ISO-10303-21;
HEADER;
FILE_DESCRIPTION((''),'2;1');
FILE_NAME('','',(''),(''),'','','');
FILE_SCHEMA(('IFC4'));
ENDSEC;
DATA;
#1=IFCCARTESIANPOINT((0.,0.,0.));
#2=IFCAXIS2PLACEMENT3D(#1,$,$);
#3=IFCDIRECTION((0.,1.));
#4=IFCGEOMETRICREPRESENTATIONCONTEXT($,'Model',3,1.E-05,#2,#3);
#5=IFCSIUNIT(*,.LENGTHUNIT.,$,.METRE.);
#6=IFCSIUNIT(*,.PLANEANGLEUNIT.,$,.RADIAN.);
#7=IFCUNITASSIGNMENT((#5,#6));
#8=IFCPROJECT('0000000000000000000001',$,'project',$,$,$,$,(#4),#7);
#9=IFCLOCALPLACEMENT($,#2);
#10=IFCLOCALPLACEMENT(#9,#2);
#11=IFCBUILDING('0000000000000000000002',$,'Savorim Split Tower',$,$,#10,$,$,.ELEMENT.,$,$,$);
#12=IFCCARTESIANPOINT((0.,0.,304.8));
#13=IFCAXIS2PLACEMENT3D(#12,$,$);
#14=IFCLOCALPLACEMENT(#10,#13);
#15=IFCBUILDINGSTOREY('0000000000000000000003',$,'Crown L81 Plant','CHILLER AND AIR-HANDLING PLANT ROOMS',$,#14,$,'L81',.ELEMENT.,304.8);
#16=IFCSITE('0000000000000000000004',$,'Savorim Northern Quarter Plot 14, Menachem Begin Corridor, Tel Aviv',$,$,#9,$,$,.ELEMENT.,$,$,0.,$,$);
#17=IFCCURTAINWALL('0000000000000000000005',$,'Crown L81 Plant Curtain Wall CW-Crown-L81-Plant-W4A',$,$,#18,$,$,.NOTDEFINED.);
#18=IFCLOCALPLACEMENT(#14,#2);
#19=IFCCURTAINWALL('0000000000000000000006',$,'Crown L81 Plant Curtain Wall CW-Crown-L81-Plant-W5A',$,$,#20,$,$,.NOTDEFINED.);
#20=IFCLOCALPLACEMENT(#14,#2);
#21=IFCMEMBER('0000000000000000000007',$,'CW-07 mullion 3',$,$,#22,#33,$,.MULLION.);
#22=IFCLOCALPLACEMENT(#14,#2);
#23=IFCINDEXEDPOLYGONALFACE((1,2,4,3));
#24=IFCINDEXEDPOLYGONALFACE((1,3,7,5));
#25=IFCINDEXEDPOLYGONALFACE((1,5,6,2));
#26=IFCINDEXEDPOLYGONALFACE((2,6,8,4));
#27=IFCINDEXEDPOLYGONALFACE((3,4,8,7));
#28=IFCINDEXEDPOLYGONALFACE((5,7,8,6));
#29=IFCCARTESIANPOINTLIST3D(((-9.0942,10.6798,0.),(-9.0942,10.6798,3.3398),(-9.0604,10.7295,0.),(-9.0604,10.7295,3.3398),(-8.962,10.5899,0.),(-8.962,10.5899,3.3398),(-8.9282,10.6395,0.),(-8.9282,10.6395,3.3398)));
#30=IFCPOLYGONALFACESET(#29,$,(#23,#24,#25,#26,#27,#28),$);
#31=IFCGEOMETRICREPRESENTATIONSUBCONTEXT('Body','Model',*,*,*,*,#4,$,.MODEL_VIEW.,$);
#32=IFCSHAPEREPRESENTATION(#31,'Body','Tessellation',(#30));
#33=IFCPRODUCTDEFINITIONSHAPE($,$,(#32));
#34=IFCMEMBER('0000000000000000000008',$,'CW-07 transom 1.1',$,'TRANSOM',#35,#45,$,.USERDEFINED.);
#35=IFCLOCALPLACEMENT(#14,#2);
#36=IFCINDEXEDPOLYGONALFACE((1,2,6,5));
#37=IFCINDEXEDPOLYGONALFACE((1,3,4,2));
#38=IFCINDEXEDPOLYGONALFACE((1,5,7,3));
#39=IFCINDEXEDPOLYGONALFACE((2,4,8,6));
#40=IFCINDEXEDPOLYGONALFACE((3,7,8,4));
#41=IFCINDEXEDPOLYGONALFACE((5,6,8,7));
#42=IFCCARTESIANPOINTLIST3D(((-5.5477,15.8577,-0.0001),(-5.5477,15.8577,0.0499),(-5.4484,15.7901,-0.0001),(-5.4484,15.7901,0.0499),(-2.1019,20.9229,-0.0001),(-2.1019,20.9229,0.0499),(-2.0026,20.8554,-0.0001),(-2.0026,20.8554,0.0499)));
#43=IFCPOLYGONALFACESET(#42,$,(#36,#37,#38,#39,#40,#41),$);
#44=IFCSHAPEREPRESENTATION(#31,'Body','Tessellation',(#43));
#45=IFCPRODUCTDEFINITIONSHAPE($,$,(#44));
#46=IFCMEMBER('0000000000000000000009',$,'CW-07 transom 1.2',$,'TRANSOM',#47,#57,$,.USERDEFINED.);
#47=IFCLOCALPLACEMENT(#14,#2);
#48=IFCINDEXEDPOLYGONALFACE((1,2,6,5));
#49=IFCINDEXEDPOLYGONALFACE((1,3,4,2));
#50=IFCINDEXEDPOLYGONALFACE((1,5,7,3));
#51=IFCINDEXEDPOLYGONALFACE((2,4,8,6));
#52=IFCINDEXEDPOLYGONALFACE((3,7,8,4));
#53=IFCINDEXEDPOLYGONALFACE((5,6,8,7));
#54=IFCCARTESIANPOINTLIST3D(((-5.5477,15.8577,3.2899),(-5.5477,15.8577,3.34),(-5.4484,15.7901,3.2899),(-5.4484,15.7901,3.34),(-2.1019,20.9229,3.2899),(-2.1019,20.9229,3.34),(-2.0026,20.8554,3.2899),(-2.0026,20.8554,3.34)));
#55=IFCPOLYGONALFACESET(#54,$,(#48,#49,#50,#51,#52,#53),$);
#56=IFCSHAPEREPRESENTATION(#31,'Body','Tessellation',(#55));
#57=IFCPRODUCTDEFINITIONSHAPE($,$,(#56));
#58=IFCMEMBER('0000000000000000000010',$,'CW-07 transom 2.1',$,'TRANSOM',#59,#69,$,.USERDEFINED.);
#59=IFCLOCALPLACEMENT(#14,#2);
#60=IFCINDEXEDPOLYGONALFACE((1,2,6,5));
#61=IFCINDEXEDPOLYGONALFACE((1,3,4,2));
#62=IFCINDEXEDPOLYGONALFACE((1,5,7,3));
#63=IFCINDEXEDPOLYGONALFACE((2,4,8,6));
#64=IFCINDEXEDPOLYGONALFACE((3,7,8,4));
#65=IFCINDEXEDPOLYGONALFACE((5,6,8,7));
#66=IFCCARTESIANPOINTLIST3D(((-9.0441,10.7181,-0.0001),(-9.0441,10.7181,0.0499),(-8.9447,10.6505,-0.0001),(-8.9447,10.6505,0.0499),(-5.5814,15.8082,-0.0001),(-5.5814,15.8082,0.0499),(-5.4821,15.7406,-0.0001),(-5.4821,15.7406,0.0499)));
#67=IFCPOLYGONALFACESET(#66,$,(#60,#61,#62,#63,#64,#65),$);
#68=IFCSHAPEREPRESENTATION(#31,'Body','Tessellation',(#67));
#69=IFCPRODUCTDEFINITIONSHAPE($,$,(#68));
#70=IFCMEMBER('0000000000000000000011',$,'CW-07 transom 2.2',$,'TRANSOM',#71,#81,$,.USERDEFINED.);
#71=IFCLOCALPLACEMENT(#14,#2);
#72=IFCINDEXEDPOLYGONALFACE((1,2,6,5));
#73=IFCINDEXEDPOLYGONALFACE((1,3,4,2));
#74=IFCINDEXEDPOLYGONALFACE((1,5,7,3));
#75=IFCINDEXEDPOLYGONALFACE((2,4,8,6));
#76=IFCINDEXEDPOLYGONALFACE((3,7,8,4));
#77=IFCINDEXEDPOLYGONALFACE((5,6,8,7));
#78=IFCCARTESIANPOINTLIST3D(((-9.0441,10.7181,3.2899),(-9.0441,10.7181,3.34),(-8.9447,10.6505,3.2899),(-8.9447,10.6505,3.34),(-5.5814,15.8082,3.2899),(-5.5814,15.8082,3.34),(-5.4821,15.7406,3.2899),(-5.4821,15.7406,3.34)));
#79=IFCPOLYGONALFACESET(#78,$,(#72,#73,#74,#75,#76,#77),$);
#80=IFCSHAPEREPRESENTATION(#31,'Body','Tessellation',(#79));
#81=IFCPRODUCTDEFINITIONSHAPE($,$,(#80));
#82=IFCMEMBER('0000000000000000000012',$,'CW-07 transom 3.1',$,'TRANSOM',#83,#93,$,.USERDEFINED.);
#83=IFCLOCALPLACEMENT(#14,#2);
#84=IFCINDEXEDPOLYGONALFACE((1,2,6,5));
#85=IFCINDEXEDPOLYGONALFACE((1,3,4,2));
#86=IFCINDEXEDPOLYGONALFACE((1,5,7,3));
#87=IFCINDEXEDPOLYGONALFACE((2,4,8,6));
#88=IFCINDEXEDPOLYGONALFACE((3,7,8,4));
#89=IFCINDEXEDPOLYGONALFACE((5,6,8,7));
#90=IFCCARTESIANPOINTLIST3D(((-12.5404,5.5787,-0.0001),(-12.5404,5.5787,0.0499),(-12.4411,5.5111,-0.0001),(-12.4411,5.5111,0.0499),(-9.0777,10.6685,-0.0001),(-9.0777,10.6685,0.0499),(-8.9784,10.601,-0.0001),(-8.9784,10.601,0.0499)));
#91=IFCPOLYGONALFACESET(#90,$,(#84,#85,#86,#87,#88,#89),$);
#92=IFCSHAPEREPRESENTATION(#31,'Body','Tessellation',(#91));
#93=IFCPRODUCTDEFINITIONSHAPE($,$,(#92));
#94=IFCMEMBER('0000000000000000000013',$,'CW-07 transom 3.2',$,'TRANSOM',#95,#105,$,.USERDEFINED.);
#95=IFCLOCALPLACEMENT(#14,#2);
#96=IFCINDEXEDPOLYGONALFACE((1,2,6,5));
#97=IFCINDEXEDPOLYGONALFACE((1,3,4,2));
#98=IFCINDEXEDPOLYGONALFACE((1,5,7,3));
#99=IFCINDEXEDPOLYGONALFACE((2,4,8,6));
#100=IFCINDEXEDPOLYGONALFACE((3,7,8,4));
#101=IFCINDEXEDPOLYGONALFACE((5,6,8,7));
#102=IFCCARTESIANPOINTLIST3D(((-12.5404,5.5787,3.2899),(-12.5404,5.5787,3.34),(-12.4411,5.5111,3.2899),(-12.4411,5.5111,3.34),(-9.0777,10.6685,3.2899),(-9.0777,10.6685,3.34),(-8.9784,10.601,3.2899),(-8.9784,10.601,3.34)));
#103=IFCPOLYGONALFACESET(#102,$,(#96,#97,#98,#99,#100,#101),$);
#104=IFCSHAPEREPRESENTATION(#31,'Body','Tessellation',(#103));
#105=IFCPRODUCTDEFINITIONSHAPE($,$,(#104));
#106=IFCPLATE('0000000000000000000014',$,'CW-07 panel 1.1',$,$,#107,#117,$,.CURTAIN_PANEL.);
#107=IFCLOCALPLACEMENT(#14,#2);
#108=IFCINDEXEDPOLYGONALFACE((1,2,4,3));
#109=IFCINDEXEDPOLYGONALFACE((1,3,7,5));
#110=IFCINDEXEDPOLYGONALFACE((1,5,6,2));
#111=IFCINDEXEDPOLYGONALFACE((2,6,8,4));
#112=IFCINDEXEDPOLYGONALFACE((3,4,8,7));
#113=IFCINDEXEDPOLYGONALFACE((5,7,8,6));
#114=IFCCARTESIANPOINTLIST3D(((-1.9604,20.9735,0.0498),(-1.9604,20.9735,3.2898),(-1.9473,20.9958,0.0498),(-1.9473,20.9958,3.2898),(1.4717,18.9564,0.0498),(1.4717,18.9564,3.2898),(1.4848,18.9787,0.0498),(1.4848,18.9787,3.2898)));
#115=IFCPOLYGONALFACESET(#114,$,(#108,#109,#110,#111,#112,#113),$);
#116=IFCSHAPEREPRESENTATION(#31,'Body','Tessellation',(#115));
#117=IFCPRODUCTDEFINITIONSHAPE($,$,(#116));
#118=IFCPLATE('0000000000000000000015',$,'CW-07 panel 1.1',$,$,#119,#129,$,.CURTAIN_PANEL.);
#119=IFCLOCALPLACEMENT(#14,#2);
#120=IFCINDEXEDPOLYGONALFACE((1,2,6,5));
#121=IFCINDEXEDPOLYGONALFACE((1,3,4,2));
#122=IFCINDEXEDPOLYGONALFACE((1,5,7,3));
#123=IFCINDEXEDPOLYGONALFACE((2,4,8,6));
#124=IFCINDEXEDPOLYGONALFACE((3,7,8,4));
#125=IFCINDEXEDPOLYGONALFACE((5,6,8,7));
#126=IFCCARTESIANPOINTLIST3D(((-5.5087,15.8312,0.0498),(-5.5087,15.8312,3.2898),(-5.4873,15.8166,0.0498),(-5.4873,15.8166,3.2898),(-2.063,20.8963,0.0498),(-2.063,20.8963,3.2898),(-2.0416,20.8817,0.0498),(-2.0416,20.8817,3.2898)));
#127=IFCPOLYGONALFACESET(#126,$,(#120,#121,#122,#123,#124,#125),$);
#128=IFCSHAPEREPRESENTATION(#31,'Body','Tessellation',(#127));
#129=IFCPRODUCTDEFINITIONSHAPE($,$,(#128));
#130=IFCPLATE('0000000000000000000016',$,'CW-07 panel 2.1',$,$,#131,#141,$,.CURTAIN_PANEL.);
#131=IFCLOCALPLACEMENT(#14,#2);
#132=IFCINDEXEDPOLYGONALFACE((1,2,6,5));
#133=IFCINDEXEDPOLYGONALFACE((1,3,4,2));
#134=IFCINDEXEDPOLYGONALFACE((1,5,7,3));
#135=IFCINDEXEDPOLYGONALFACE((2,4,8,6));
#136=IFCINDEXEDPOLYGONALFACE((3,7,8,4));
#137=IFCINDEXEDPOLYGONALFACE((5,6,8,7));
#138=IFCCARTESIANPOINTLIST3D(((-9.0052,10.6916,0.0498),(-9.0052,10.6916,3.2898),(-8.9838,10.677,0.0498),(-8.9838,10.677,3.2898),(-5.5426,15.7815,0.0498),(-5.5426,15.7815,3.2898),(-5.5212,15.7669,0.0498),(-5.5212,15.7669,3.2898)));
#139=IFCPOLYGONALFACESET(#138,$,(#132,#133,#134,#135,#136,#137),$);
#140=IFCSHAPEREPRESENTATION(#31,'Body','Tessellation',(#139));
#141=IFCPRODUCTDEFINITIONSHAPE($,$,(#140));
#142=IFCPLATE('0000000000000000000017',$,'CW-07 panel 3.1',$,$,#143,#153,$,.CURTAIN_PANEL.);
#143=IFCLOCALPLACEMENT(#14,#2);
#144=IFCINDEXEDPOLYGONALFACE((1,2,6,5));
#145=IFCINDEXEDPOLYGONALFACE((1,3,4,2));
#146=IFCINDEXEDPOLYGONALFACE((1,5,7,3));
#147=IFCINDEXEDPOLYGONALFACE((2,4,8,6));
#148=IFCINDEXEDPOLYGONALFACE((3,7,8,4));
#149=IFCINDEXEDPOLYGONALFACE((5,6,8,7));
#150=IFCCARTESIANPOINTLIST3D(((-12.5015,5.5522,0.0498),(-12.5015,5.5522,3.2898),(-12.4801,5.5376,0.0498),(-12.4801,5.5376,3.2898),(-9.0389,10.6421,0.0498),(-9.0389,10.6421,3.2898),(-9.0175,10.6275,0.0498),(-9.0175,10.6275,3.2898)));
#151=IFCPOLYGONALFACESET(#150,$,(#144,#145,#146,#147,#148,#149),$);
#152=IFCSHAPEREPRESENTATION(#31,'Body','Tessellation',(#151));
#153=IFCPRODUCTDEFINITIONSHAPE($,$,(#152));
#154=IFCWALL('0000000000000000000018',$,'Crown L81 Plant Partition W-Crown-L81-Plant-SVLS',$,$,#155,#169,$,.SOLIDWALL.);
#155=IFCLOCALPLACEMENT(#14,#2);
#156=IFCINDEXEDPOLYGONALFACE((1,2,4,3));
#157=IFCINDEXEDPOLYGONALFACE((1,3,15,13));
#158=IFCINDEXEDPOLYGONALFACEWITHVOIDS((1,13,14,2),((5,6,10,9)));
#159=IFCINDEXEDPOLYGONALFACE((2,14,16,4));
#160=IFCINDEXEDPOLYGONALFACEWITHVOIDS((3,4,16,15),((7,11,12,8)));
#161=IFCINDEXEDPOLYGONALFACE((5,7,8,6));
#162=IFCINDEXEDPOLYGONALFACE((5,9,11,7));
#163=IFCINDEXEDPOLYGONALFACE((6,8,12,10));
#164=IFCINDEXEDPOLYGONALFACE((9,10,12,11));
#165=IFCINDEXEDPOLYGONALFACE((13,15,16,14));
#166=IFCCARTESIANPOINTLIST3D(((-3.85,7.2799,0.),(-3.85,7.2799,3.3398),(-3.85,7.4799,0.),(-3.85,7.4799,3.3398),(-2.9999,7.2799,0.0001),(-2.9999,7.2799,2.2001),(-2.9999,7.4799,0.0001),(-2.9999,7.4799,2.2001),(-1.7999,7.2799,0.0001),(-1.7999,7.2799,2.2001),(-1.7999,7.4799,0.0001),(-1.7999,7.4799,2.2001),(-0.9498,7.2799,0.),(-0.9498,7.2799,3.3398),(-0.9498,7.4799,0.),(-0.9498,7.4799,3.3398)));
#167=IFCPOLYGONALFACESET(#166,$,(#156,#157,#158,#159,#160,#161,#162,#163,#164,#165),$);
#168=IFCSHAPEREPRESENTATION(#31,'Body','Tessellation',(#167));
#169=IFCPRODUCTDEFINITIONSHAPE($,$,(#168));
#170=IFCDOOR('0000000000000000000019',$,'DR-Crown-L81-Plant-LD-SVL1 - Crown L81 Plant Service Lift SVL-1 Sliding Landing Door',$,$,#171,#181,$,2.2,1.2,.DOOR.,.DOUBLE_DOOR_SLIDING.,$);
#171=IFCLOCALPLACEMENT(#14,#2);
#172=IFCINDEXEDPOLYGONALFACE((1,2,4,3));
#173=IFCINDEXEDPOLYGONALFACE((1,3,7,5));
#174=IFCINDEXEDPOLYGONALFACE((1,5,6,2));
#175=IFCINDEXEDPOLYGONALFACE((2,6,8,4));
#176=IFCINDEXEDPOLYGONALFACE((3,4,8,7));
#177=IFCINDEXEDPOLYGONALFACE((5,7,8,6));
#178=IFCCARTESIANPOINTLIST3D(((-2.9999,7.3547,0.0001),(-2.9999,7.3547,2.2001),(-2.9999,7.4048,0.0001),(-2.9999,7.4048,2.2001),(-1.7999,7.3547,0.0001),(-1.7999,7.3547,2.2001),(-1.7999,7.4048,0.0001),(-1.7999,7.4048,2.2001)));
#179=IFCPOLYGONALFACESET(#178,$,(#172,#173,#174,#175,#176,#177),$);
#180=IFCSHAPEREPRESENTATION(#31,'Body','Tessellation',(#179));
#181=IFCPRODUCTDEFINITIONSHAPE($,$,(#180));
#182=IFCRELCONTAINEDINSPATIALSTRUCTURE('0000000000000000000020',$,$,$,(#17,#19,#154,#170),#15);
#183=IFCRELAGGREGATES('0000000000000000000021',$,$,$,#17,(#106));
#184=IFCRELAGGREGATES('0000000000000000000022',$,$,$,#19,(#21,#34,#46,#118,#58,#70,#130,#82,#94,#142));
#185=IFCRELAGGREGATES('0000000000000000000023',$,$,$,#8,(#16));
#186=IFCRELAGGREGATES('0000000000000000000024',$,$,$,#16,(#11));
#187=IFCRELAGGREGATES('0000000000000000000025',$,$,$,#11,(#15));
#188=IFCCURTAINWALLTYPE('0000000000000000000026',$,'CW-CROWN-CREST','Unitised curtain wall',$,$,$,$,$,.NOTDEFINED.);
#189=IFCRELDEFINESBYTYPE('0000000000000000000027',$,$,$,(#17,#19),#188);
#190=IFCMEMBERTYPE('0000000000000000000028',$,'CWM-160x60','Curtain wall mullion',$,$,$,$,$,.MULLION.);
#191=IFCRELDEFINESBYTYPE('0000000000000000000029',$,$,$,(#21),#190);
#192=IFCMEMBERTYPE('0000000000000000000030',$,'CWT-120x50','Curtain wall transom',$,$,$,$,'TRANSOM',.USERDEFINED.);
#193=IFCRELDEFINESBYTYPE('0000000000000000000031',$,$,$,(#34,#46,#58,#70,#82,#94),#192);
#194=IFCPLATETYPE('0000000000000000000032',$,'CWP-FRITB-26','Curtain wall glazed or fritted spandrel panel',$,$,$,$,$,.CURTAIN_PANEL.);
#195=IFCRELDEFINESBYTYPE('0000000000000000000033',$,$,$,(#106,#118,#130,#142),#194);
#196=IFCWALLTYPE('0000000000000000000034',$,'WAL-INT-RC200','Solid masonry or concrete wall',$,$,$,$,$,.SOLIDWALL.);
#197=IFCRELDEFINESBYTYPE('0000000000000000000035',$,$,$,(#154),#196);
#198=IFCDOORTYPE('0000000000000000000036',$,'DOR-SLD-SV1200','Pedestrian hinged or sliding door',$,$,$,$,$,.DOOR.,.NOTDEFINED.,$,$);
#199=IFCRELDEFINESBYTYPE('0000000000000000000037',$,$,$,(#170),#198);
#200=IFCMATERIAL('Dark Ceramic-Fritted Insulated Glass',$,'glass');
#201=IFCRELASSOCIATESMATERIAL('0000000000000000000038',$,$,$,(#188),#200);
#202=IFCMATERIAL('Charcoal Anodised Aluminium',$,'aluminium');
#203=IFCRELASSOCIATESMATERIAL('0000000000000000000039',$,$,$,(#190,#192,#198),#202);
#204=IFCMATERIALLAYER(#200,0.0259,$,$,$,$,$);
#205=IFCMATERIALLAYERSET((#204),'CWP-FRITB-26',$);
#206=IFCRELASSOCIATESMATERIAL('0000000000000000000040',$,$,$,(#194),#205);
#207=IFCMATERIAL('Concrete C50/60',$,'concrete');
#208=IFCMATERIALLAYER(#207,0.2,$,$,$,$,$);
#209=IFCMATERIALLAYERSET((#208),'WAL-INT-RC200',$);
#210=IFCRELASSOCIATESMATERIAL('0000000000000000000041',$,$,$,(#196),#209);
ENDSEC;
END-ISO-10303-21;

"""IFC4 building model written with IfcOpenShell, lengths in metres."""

from ifc_helpers import new_model, si_unit, direction, frame, frame_2d, origin, origin_2d, place, context, subcontext, project, spatial, rectangle, extrude, material, layer, layer_set, material_profile, profile_set, type_object, element, fill, aggregate, save


model = new_model("IFC4")

# Units and contexts
model_context = context("Model", 3, precision=1e-05, world=origin(), true_north=direction((0.0, 1.0)))
body_context = subcontext(model_context, "Body", "Model", "MODEL_VIEW")
ifc_project = project(units=[si_unit("LENGTHUNIT", "METRE"), si_unit("PLANEANGLEUNIT", "RADIAN")], contexts=[model_context])

# Site, building, storey
site_placement = place(None, origin())
site = spatial("IfcSite", under=ifc_project, at=site_placement, Name="Savorim Northern Quarter Plot 14, Menachem Begin Corridor, Tel Aviv", CompositionType="ELEMENT", RefElevation=0.0)
building_placement = place(site_placement, origin())
building = spatial("IfcBuilding", under=site, at=building_placement, Name="Savorim Split Tower", CompositionType="ELEMENT")
storey_placement = place(building_placement, frame((0.0, 0.0, 304.8)))
storey = spatial("IfcBuildingStorey", under=building, at=storey_placement, Name="Crown L81 Plant", Description="CHILLER AND AIR-HANDLING PLANT ROOMS", LongName="L81", CompositionType="ELEMENT", Elevation=304.8)

# Curtain wall
ifc_material_1 = material(Name="Dark Ceramic-Fritted Insulated Glass", Category="glass")
curtain_wall_type = type_object("IfcCurtainWallType", Name="CW-CROWN-CREST", Description="Unitised curtain wall", PredefinedType="NOTDEFINED", material=ifc_material_1)
curtain_wall_1_placement = place(storey_placement, origin())
curtain_wall_1 = element("IfcCurtainWall", 1, at=curtain_wall_1_placement, inside=storey, type_object=curtain_wall_type, Name="Crown L81 Plant Curtain Wall CW-Crown-L81-Plant-W4A", PredefinedType="NOTDEFINED")
ifc_material_2 = material(Name="Charcoal Anodised Aluminium", Category="aluminium")
ifc_material_profile_1 = material_profile(ifc_material_2, rectangle(XDim=0.1599, YDim=0.0601, at=origin_2d()), Name="ALU-M 160x60")
ifc_profile_set_1 = profile_set([ifc_material_profile_1], Name="Charcoal Anodised Aluminium")
member_type_1 = type_object("IfcMemberType", Name="CWM-160x60", Description="Curtain wall mullion", PredefinedType="MULLION", material=ifc_profile_set_1)

# Curtain wall, members
curtain_wall_2_placement = place(storey_placement, origin())
curtain_wall_2 = element("IfcCurtainWall", 2, at=curtain_wall_2_placement, inside=storey, type_object=curtain_wall_type, Name="Crown L81 Plant Curtain Wall CW-Crown-L81-Plant-W5A", PredefinedType="NOTDEFINED")
member_1_placement = place(storey_placement, frame((-9.0112, 10.6597, 0.0), z_axis=(0.0, 0.0, 1.0), x_axis=(0.82682, -0.562467, 0.0)))
member_1 = element("IfcMember", 3, at=member_1_placement, type_object=member_type_1, Name="CW-07 mullion 3", PredefinedType="MULLION", context=body_context, shape_type="SweptSolid", body=[
    extrude(rectangle(XDim=0.1599, YDim=0.0601, at=origin_2d()), origin(), (0.0, 0.0, 1.0), 3.3398),
])
ifc_material_profile_2 = material_profile(ifc_material_2, rectangle(XDim=0.1201, YDim=0.05, at=origin_2d()), Name="ALU-T 120x50")
ifc_profile_set_2 = profile_set([ifc_material_profile_2], Name="Charcoal Anodised Aluminium")
member_type_2 = type_object("IfcMemberType", Name="CWT-120x50", Description="Curtain wall transom", ElementType="TRANSOM", PredefinedType="USERDEFINED", material=ifc_profile_set_2)
member_2_placement = place(storey_placement, frame((-2.0522, 20.8892, 0.0249), z_axis=(-0.562475, -0.826815, 0.0), x_axis=(0.826815, -0.562475, 0.0)))
member_2 = element("IfcMember", 4, at=member_2_placement, type_object=member_type_2, Name="CW-07 transom 1.1", ObjectType="TRANSOM", PredefinedType="USERDEFINED", context=body_context, shape_type="SweptSolid", body=[
    extrude(rectangle(XDim=0.1201, YDim=0.05, at=origin_2d()), origin(), (0.0, 0.0, 1.0), 6.1262),
])
member_3_placement = place(storey_placement, frame((-2.0522, 20.8892, 3.3149), z_axis=(-0.562475, -0.826815, 0.0), x_axis=(0.826815, -0.562475, 0.0)))
member_3 = element("IfcMember", 5, at=member_3_placement, type_object=member_type_2, Name="CW-07 transom 1.2", ObjectType="TRANSOM", PredefinedType="USERDEFINED", context=body_context, shape_type="SweptSolid", body=[
    extrude(rectangle(XDim=0.1201, YDim=0.05, at=origin_2d()), origin(), (0.0, 0.0, 1.0), 6.1262),
])
member_4_placement = place(storey_placement, frame((-5.5317, 15.7744, 0.0249), z_axis=(-0.562464, -0.826822, 0.0), x_axis=(0.826822, -0.562464, 0.0)))
member_4 = element("IfcMember", 6, at=member_4_placement, type_object=member_type_2, Name="CW-07 transom 2.1", ObjectType="TRANSOM", PredefinedType="USERDEFINED", context=body_context, shape_type="SweptSolid", body=[
    extrude(rectangle(XDim=0.1201, YDim=0.05, at=origin_2d()), origin(), (0.0, 0.0, 1.0), 6.1562),
])
member_5_placement = place(storey_placement, frame((-5.5317, 15.7744, 3.3149), z_axis=(-0.562464, -0.826822, 0.0), x_axis=(0.826822, -0.562464, 0.0)))
member_5 = element("IfcMember", 7, at=member_5_placement, type_object=member_type_2, Name="CW-07 transom 2.2", ObjectType="TRANSOM", PredefinedType="USERDEFINED", context=body_context, shape_type="SweptSolid", body=[
    extrude(rectangle(XDim=0.1201, YDim=0.05, at=origin_2d()), origin(), (0.0, 0.0, 1.0), 6.1562),
])
member_6_placement = place(storey_placement, frame((-9.0281, 10.6348, 0.0249), z_axis=(-0.562482, -0.826809, 0.0), x_axis=(0.826809, -0.562482, 0.0)))
member_6 = element("IfcMember", 8, at=member_6_placement, type_object=member_type_2, Name="CW-07 transom 3.1", ObjectType="TRANSOM", PredefinedType="USERDEFINED", context=body_context, shape_type="SweptSolid", body=[
    extrude(rectangle(XDim=0.1201, YDim=0.05, at=origin_2d()), origin(), (0.0, 0.0, 1.0), 6.156),
])
member_7_placement = place(storey_placement, frame((-9.0281, 10.6348, 3.3149), z_axis=(-0.562482, -0.826809, 0.0), x_axis=(0.826809, -0.562482, 0.0)))
member_7 = element("IfcMember", 9, at=member_7_placement, type_object=member_type_2, Name="CW-07 transom 3.2", ObjectType="TRANSOM", PredefinedType="USERDEFINED", context=body_context, shape_type="SweptSolid", body=[
    extrude(rectangle(XDim=0.1201, YDim=0.05, at=origin_2d()), origin(), (0.0, 0.0, 1.0), 6.156),
])

# Plates
ifc_layer_1 = layer(ifc_material_1, 0.0259)
ifc_layer_set_1 = layer_set([ifc_layer_1], Name="CWP-FRITB-26")
plate_type = type_object("IfcPlateType", Name="CWP-FRITB-26", Description="Curtain wall glazed or fritted spandrel panel", PredefinedType="CURTAIN_PANEL", material=ifc_layer_set_1)
plate_1_placement = place(storey_placement, frame((-0.2378, 19.9761, 0.0498), z_axis=(0.0, 0.0, 1.0), x_axis=(-0.862127, 0.506693, 0.0)))
plate_1 = element("IfcPlate", 10, at=plate_1_placement, type_object=plate_type, Name="CW-07 panel 1.1", PredefinedType="CURTAIN_PANEL", context=body_context, shape_type="SweptSolid", body=[
    extrude(rectangle(XDim=3.981, YDim=0.0259, at=origin_2d()), origin(), (0.0, 0.0, 1.0), 3.24),
])
aggregate(curtain_wall_1, [plate_1])
plate_2_placement = place(storey_placement, frame((-3.7751, 18.3564, 0.0498), z_axis=(0.0, 0.0, 1.0), x_axis=(-0.562467, -0.82682, 0.0)))
plate_2 = element("IfcPlate", 11, at=plate_2_placement, type_object=plate_type, Name="CW-07 panel 1.1", PredefinedType="CURTAIN_PANEL", context=body_context, shape_type="SweptSolid", body=[
    extrude(rectangle(XDim=6.126, YDim=0.0259, at=origin_2d()), origin(), (0.0, 0.0, 1.0), 3.24),
])
plate_3_placement = place(storey_placement, frame((-7.2632, 13.2292, 0.0498), z_axis=(0.0, 0.0, 1.0), x_axis=(-0.562467, -0.82682, 0.0)))
plate_3 = element("IfcPlate", 12, at=plate_3_placement, type_object=plate_type, Name="CW-07 panel 2.1", PredefinedType="CURTAIN_PANEL", context=body_context, shape_type="SweptSolid", body=[
    extrude(rectangle(XDim=6.156, YDim=0.0259, at=origin_2d()), origin(), (0.0, 0.0, 1.0), 3.24),
])
plate_4_placement = place(storey_placement, frame((-10.7595, 8.0898, 0.0498), z_axis=(0.0, 0.0, 1.0), x_axis=(-0.562467, -0.82682, 0.0)))
plate_4 = element("IfcPlate", 13, at=plate_4_placement, type_object=plate_type, Name="CW-07 panel 3.1", PredefinedType="CURTAIN_PANEL", context=body_context, shape_type="SweptSolid", body=[
    extrude(rectangle(XDim=6.156, YDim=0.0259, at=origin_2d()), origin(), (0.0, 0.0, 1.0), 3.24),
])
aggregate(curtain_wall_2, [member_1, member_2, member_3, plate_2, member_4, member_5, plate_3, member_6, member_7, plate_4])

# Wall, opening, door
ifc_material_3 = material(Name="Concrete C50/60", Category="concrete")
ifc_layer_2 = layer(ifc_material_3, 0.2)
ifc_layer_set_2 = layer_set([ifc_layer_2], Name="WAL-INT-RC200")
wall_type_1 = type_object("IfcWallType", Name="WAL-INT-RC200", Description="Solid masonry or concrete wall", PredefinedType="SOLIDWALL", material=ifc_layer_set_2)
wall_1_placement = place(storey_placement, frame((-3.8501, 7.3799, 0.0), z_axis=(0.0, 0.0, 1.0), x_axis=(1.0, 0.0, 0.0)))
wall_1 = element("IfcWall", 14, at=wall_1_placement, inside=storey, type_object=wall_type_1, Name="Crown L81 Plant Partition W-Crown-L81-Plant-SVLS", PredefinedType="SOLIDWALL", context=body_context, shape_type="SweptSolid", body=[
    extrude(rectangle(XDim=2.9001, YDim=0.2, at=frame_2d((1.4502, 0.0))), origin(), (0.0, 0.0, 1.0), 3.3398),
])
opening_1_placement = place(wall_1_placement, frame((0.8501, 0.0, 0.0)))
opening_1 = element("IfcOpeningElement", 15, at=opening_1_placement, cuts=wall_1, PredefinedType="OPENING", context=body_context, shape_type="SweptSolid", body=[
    extrude(rectangle(XDim=1.2, YDim=2.2, at=frame_2d((0.6001, 1.1001))), frame((0.0, 0.1099, 0.0), z_axis=(0.0, -1.0, 0.0), x_axis=(1.0, 0.0, 0.0)), (0.0, 0.0, 1.0), 0.22),
])
door_type_1 = type_object("IfcDoorType", Name="DOR-SLD-SV1200", Description="Pedestrian hinged or sliding door", OperationType="NOTDEFINED", PredefinedType="DOOR", material=ifc_material_2)
door_1_placement = place(opening_1_placement, origin())
door_1 = element("IfcDoor", 16, at=door_1_placement, inside=storey, type_object=door_type_1, Name="DR-Crown-L81-Plant-LD-SVL1 - Crown L81 Plant Service Lift SVL-1 Sliding Landing Door", OperationType="DOUBLE_DOOR_SLIDING", OverallHeight=2.2, OverallWidth=1.2, PredefinedType="DOOR", context=body_context, shape_type="SweptSolid", body=[
    extrude(rectangle(XDim=1.2, YDim=2.2, at=frame_2d((0.6001, 1.1001))), frame((0.0, 0.0249, 0.0), z_axis=(0.0, -1.0, 0.0), x_axis=(1.0, 0.0, 0.0)), (0.0, 0.0, 1.0), 0.05),
])
fill(opening_1, door_1)

save(model, "model.ifc")
